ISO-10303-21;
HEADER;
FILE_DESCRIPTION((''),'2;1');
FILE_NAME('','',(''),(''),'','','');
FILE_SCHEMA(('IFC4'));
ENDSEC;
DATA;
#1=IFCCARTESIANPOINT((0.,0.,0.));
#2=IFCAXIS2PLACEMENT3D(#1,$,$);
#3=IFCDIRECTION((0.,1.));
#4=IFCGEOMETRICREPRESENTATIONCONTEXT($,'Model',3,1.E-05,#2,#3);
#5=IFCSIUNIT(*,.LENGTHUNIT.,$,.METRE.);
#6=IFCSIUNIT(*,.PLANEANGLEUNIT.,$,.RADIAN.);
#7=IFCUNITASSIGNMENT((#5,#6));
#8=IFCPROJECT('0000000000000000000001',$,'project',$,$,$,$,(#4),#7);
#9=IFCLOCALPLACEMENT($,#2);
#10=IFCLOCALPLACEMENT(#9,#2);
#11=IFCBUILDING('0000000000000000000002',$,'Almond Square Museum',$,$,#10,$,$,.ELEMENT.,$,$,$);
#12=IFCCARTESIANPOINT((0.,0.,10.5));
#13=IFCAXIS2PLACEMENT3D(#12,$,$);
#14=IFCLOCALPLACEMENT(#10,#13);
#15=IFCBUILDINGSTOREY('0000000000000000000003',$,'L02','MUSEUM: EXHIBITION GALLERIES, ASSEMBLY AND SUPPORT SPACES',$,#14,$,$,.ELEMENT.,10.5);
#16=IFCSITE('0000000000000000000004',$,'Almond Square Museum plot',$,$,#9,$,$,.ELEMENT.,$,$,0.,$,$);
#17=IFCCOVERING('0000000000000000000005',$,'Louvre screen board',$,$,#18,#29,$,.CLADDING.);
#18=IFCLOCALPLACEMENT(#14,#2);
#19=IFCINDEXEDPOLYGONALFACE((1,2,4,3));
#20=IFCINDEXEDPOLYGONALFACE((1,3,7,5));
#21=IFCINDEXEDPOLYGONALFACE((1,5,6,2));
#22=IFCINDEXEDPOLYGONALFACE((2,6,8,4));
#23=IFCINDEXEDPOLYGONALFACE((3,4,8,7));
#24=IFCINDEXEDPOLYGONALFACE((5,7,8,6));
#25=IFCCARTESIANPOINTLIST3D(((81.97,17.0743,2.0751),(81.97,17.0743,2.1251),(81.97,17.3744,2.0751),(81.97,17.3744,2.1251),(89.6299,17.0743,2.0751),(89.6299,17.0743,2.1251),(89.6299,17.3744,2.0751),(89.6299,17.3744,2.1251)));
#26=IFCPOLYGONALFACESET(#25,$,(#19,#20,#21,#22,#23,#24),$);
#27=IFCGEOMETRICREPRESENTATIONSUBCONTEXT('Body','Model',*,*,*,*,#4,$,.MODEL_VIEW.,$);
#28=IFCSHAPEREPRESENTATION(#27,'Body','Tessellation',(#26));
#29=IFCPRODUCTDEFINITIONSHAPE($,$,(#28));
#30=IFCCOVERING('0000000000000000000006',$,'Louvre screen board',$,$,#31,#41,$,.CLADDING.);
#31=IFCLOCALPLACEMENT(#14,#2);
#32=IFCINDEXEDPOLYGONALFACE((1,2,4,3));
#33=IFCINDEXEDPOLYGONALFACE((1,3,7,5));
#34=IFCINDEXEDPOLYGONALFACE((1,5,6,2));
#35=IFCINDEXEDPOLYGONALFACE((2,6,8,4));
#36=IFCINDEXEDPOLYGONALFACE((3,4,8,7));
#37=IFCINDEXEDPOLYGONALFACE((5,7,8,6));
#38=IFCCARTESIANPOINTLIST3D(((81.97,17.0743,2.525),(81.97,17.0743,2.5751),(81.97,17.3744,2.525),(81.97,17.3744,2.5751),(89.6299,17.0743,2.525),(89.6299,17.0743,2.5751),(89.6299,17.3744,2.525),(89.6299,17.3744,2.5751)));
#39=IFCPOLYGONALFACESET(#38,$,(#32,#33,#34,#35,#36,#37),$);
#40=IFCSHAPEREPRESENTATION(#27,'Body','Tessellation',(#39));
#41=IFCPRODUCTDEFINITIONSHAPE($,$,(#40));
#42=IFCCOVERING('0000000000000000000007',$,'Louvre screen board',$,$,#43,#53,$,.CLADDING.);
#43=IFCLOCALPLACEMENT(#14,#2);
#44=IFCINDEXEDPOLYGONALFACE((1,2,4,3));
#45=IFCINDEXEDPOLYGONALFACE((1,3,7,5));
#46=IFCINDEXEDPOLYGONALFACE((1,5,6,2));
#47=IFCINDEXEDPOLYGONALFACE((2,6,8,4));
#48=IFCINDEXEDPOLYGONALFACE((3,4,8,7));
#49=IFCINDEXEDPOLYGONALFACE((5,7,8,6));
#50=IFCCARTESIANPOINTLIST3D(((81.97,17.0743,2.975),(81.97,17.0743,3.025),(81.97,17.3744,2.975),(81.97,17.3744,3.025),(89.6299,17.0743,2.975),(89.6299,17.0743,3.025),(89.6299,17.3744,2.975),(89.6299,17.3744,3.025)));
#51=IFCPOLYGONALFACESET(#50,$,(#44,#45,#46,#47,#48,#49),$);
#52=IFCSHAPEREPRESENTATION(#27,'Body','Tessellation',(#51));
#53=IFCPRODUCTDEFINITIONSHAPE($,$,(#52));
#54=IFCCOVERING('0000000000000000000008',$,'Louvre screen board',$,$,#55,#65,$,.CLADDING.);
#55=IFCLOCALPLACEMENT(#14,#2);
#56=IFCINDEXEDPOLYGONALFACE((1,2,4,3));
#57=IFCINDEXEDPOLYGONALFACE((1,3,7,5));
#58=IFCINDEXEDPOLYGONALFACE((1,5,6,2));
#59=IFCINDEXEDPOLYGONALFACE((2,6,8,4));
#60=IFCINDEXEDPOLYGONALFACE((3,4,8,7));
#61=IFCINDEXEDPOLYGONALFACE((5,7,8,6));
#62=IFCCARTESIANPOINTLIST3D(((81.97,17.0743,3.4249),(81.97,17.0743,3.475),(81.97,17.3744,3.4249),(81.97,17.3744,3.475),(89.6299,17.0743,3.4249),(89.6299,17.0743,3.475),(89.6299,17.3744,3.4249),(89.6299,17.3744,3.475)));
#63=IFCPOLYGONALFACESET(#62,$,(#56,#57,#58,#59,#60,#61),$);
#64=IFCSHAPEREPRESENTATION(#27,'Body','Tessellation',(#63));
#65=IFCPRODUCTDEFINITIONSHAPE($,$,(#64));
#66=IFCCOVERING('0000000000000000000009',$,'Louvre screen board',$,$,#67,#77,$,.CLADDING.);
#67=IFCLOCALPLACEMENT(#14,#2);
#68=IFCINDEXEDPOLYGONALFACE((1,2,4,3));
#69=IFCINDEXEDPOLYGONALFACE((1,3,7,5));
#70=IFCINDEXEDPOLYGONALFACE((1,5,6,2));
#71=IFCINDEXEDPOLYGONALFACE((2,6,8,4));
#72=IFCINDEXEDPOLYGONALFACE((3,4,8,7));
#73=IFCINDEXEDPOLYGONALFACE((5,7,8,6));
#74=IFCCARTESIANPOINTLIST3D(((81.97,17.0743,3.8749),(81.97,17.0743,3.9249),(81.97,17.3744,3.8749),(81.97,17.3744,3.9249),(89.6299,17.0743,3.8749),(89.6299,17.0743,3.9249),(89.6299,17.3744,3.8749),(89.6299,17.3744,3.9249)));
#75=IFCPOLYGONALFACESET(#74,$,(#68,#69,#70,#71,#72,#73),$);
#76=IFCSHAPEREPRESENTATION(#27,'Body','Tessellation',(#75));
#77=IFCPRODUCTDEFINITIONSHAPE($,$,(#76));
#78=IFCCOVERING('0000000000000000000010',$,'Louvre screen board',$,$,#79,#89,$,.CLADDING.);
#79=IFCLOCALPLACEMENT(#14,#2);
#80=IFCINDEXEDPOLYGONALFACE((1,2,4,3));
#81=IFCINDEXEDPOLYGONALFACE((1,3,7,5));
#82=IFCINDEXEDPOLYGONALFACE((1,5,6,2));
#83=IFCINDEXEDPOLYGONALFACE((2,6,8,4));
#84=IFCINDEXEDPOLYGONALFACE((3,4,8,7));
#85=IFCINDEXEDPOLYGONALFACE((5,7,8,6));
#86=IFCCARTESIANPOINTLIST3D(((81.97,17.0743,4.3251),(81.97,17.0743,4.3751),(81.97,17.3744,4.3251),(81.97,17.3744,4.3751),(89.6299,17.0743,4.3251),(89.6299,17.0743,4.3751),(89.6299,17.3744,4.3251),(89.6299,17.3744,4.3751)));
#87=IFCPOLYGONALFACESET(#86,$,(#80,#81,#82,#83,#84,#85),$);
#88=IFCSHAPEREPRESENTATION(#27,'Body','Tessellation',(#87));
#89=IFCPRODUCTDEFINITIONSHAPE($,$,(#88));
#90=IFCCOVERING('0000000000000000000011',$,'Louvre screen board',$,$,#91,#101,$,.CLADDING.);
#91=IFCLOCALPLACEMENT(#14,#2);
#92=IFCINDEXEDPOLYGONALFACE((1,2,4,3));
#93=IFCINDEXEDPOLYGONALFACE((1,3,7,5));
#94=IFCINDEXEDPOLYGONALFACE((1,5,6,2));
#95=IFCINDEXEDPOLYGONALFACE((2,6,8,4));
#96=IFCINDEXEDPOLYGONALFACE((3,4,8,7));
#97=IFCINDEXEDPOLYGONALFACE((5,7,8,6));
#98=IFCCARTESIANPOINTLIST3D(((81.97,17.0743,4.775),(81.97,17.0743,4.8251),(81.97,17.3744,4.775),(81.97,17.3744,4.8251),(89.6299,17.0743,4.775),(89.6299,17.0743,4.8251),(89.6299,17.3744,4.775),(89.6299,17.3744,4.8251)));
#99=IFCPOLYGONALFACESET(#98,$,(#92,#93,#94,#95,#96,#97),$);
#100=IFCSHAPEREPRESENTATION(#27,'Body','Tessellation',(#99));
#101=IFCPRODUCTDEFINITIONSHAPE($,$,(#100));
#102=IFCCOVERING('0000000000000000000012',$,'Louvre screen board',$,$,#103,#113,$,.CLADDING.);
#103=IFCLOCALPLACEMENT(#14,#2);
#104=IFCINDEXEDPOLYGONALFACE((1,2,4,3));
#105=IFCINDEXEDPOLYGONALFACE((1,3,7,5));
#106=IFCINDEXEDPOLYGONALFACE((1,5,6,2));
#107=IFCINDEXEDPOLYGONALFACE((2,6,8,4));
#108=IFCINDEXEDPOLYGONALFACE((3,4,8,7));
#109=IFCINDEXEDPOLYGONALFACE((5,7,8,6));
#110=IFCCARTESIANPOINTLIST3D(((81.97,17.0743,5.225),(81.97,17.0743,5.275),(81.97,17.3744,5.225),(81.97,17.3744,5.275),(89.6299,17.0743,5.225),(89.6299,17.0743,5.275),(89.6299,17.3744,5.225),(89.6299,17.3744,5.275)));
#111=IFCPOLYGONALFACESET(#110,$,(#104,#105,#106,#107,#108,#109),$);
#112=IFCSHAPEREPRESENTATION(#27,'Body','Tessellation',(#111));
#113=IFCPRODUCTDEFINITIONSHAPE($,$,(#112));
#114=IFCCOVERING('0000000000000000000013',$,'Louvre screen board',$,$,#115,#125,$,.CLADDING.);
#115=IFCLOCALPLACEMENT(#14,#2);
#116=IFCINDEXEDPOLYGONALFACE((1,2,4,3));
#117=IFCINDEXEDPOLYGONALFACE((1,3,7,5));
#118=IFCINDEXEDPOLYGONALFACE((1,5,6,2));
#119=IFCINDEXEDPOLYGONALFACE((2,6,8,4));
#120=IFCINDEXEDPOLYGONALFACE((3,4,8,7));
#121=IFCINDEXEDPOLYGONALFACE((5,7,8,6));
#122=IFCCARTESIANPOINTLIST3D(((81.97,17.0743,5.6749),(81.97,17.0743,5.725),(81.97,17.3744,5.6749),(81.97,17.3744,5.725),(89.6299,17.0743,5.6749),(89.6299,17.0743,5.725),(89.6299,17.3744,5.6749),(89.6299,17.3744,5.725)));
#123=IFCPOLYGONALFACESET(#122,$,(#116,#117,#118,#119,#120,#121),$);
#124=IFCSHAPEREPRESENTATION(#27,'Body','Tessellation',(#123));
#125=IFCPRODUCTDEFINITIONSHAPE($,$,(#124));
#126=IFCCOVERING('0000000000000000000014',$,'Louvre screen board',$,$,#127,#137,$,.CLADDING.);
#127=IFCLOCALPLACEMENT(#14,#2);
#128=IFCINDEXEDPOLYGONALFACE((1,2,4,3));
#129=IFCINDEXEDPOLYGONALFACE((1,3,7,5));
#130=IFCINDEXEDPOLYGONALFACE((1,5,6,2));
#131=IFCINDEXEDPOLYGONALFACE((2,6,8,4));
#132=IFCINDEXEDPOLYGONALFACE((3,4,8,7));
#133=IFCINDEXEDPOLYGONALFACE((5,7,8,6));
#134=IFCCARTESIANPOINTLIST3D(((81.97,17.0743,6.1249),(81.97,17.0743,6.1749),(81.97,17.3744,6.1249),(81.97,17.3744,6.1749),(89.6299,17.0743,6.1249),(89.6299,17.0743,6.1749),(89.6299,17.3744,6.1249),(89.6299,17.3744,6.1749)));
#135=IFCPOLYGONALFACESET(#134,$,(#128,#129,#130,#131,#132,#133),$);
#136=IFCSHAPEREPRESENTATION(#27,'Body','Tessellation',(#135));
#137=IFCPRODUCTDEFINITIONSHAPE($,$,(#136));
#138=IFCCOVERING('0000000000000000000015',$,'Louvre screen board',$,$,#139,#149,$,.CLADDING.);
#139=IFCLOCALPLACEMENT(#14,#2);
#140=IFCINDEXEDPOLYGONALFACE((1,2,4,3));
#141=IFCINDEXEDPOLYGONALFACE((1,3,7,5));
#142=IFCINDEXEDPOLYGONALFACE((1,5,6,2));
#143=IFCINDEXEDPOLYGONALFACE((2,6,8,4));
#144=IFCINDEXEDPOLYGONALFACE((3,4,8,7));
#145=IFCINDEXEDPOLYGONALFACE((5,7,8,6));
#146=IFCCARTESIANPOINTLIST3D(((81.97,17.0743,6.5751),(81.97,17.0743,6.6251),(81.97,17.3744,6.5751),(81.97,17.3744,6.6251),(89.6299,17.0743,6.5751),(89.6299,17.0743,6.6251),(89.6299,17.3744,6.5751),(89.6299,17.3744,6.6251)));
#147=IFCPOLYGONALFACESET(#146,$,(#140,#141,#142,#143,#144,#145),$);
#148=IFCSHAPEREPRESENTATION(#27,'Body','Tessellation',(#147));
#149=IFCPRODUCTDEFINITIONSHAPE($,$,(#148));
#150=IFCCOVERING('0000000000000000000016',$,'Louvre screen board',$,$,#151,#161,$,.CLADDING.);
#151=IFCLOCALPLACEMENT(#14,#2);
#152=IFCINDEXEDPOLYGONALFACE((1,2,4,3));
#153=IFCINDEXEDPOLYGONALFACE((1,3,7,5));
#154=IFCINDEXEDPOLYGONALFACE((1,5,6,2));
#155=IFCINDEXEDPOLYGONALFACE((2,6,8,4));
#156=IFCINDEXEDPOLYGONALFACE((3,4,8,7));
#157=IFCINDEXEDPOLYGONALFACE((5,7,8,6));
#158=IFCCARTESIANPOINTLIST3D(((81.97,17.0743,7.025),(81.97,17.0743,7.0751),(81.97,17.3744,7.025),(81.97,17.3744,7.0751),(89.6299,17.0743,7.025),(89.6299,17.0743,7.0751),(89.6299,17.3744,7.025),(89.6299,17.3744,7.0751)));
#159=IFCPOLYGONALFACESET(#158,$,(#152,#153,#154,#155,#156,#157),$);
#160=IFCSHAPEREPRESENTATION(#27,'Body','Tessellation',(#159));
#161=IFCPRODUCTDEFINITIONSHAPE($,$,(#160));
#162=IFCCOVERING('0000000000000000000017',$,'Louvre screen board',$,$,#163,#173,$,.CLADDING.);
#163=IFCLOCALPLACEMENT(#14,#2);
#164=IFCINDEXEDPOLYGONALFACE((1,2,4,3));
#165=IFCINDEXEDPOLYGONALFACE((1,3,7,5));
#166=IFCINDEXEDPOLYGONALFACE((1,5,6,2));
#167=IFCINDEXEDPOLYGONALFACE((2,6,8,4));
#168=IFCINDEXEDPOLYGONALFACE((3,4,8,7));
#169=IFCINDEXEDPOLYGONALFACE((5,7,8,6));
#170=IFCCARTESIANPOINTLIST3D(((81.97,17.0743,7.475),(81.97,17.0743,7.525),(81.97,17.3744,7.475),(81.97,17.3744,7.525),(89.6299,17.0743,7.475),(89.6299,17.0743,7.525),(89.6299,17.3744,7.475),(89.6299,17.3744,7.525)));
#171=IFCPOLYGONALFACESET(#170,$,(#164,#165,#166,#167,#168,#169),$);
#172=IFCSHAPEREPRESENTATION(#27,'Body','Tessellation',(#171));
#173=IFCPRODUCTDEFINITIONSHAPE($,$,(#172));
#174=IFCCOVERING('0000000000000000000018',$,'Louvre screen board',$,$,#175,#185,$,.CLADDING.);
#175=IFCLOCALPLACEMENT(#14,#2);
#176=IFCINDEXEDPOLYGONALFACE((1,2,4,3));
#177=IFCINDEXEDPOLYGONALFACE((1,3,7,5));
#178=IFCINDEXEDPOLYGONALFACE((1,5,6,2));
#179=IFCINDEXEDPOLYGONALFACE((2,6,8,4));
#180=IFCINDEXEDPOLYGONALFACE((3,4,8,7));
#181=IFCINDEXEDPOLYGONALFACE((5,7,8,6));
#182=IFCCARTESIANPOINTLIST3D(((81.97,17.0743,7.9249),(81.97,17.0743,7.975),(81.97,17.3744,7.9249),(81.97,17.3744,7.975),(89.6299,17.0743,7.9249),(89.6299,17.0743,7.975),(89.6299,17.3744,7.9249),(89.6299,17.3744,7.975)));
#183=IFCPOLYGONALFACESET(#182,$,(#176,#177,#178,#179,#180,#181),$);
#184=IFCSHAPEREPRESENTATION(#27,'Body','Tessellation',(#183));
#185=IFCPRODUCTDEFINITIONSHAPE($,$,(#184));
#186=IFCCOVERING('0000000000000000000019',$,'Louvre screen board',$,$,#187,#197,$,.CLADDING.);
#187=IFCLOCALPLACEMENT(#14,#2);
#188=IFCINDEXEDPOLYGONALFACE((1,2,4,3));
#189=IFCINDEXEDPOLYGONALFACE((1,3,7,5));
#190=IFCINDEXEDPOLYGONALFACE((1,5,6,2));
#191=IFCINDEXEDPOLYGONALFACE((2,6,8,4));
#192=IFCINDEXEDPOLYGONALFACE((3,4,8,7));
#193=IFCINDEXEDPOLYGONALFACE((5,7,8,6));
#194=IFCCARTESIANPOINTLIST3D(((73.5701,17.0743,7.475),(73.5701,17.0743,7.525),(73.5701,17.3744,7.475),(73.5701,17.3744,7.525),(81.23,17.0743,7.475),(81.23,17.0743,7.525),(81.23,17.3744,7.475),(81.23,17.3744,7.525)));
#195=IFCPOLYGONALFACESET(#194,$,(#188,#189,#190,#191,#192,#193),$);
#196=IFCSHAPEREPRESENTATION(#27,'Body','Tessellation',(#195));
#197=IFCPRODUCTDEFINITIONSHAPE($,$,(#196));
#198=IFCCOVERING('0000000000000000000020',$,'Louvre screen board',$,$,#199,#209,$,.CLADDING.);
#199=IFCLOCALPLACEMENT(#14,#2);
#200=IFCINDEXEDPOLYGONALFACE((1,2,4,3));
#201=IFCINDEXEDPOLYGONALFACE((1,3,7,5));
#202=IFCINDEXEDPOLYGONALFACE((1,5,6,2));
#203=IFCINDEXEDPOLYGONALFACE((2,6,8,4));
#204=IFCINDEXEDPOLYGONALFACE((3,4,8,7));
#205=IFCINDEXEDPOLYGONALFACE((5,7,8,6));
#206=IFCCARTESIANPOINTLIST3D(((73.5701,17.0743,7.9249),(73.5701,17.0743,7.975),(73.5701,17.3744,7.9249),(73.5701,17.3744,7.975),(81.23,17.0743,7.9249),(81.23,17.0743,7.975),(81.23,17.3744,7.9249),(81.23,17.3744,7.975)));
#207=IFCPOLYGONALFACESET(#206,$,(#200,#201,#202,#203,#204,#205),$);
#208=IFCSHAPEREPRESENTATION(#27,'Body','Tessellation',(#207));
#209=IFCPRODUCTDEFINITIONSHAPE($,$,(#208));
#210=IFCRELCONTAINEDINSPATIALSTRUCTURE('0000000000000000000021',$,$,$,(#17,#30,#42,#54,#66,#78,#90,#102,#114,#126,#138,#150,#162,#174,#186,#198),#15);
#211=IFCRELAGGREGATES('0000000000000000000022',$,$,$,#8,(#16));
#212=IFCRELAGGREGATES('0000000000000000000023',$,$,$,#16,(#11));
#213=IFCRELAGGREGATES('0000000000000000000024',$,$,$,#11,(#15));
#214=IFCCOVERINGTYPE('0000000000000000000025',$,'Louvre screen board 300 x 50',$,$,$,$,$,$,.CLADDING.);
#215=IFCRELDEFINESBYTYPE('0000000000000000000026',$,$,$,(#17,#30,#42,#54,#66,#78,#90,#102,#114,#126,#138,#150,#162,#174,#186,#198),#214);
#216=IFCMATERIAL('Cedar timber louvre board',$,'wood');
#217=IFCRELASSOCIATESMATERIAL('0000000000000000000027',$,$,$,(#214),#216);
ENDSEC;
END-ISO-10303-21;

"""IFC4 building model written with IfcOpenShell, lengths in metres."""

from ifc_helpers import new_model, si_unit, direction, frame, origin, origin_2d, place, context, subcontext, project, spatial, rectangle, extrude, material, material_profile, profile_set, type_object, element, save


model = new_model("IFC4")

# Units and contexts
model_context = context("Model", 3, precision=1e-05, world=origin(), true_north=direction((0.0, 1.0)))
body_context = subcontext(model_context, "Body", "Model", "MODEL_VIEW")
ifc_project = project(units=[si_unit("LENGTHUNIT", "METRE"), si_unit("PLANEANGLEUNIT", "RADIAN")], contexts=[model_context])

# Site, building, storey
site_placement = place(None, origin())
site = spatial("IfcSite", under=ifc_project, at=site_placement, Name="Almond Square Museum plot", CompositionType="ELEMENT", RefElevation=0.0)
building_placement = place(site_placement, origin())
building = spatial("IfcBuilding", under=site, at=building_placement, Name="Almond Square Museum", CompositionType="ELEMENT")
storey_placement = place(building_placement, frame((0.0, 0.0, 10.5)))
storey = spatial("IfcBuildingStorey", under=building, at=storey_placement, Name="L02", Description="MUSEUM: EXHIBITION GALLERIES, ASSEMBLY AND SUPPORT SPACES", CompositionType="ELEMENT", Elevation=10.5)

# Coverings
ifc_material_1 = material(Name="Cedar timber louvre board", Category="wood")
ifc_material_profile_1 = material_profile(ifc_material_1, rectangle(XDim=0.3, YDim=0.05, at=origin_2d()))
ifc_profile_set_1 = profile_set([ifc_material_profile_1], Name="Cedar timber louvre board")
covering_type = type_object("IfcCoveringType", Name="Louvre screen board 300 x 50", PredefinedType="CLADDING", material=ifc_profile_set_1)
for number, where, z_axis, x_axis, name in (
    (1, (81.97, 17.2244, 2.1001), (1.0, 0.0, 0.0), (0.0, 1.0, 0.0), "Louvre screen board"),
    (2, (81.97, 17.2244, 2.55), (1.0, 0.0, 0.0), (0.0, 1.0, 0.0), "Louvre screen board"),
    (3, (81.97, 17.2244, 3.0), (1.0, 0.0, 0.0), (0.0, 1.0, 0.0), "Louvre screen board"),
    (4, (81.97, 17.2244, 3.45), (1.0, 0.0, 0.0), (0.0, 1.0, 0.0), "Louvre screen board"),
    (5, (81.97, 17.2244, 3.8999), (1.0, 0.0, 0.0), (0.0, 1.0, 0.0), "Louvre screen board"),
    (6, (81.97, 17.2244, 4.3501), (1.0, 0.0, 0.0), (0.0, 1.0, 0.0), "Louvre screen board"),
    (7, (81.97, 17.2244, 4.8), (1.0, 0.0, 0.0), (0.0, 1.0, 0.0), "Louvre screen board"),
    (8, (81.97, 17.2244, 5.25), (1.0, 0.0, 0.0), (0.0, 1.0, 0.0), "Louvre screen board"),
    (9, (81.97, 17.2244, 5.7), (1.0, 0.0, 0.0), (0.0, 1.0, 0.0), "Louvre screen board"),
    (10, (81.97, 17.2244, 6.1499), (1.0, 0.0, 0.0), (0.0, 1.0, 0.0), "Louvre screen board"),
    (11, (81.97, 17.2244, 6.6001), (1.0, 0.0, 0.0), (0.0, 1.0, 0.0), "Louvre screen board"),
    (12, (81.97, 17.2244, 7.05), (1.0, 0.0, 0.0), (0.0, 1.0, 0.0), "Louvre screen board"),
    (13, (81.97, 17.2244, 7.5), (1.0, 0.0, 0.0), (0.0, 1.0, 0.0), "Louvre screen board"),
    (14, (81.97, 17.2244, 7.95), (1.0, 0.0, 0.0), (0.0, 1.0, 0.0), "Louvre screen board"),
    (15, (73.5701, 17.2244, 7.5), (1.0, 0.0, 0.0), (0.0, 1.0, 0.0), "Louvre screen board"),
    (16, (73.5701, 17.2244, 7.95), (1.0, 0.0, 0.0), (0.0, 1.0, 0.0), "Louvre screen board"),
):
    element("IfcCovering", number, at=place(storey_placement, frame(where, z_axis=z_axis, x_axis=x_axis)), inside=storey, type_object=covering_type, Name=name, PredefinedType="CLADDING", context=body_context, shape_type="SweptSolid", body=[
        extrude(rectangle(XDim=0.3, YDim=0.05, at=origin_2d()), origin(), (0.0, 0.0, 1.0), 7.6599),
    ])

save(model, "model.ifc")
